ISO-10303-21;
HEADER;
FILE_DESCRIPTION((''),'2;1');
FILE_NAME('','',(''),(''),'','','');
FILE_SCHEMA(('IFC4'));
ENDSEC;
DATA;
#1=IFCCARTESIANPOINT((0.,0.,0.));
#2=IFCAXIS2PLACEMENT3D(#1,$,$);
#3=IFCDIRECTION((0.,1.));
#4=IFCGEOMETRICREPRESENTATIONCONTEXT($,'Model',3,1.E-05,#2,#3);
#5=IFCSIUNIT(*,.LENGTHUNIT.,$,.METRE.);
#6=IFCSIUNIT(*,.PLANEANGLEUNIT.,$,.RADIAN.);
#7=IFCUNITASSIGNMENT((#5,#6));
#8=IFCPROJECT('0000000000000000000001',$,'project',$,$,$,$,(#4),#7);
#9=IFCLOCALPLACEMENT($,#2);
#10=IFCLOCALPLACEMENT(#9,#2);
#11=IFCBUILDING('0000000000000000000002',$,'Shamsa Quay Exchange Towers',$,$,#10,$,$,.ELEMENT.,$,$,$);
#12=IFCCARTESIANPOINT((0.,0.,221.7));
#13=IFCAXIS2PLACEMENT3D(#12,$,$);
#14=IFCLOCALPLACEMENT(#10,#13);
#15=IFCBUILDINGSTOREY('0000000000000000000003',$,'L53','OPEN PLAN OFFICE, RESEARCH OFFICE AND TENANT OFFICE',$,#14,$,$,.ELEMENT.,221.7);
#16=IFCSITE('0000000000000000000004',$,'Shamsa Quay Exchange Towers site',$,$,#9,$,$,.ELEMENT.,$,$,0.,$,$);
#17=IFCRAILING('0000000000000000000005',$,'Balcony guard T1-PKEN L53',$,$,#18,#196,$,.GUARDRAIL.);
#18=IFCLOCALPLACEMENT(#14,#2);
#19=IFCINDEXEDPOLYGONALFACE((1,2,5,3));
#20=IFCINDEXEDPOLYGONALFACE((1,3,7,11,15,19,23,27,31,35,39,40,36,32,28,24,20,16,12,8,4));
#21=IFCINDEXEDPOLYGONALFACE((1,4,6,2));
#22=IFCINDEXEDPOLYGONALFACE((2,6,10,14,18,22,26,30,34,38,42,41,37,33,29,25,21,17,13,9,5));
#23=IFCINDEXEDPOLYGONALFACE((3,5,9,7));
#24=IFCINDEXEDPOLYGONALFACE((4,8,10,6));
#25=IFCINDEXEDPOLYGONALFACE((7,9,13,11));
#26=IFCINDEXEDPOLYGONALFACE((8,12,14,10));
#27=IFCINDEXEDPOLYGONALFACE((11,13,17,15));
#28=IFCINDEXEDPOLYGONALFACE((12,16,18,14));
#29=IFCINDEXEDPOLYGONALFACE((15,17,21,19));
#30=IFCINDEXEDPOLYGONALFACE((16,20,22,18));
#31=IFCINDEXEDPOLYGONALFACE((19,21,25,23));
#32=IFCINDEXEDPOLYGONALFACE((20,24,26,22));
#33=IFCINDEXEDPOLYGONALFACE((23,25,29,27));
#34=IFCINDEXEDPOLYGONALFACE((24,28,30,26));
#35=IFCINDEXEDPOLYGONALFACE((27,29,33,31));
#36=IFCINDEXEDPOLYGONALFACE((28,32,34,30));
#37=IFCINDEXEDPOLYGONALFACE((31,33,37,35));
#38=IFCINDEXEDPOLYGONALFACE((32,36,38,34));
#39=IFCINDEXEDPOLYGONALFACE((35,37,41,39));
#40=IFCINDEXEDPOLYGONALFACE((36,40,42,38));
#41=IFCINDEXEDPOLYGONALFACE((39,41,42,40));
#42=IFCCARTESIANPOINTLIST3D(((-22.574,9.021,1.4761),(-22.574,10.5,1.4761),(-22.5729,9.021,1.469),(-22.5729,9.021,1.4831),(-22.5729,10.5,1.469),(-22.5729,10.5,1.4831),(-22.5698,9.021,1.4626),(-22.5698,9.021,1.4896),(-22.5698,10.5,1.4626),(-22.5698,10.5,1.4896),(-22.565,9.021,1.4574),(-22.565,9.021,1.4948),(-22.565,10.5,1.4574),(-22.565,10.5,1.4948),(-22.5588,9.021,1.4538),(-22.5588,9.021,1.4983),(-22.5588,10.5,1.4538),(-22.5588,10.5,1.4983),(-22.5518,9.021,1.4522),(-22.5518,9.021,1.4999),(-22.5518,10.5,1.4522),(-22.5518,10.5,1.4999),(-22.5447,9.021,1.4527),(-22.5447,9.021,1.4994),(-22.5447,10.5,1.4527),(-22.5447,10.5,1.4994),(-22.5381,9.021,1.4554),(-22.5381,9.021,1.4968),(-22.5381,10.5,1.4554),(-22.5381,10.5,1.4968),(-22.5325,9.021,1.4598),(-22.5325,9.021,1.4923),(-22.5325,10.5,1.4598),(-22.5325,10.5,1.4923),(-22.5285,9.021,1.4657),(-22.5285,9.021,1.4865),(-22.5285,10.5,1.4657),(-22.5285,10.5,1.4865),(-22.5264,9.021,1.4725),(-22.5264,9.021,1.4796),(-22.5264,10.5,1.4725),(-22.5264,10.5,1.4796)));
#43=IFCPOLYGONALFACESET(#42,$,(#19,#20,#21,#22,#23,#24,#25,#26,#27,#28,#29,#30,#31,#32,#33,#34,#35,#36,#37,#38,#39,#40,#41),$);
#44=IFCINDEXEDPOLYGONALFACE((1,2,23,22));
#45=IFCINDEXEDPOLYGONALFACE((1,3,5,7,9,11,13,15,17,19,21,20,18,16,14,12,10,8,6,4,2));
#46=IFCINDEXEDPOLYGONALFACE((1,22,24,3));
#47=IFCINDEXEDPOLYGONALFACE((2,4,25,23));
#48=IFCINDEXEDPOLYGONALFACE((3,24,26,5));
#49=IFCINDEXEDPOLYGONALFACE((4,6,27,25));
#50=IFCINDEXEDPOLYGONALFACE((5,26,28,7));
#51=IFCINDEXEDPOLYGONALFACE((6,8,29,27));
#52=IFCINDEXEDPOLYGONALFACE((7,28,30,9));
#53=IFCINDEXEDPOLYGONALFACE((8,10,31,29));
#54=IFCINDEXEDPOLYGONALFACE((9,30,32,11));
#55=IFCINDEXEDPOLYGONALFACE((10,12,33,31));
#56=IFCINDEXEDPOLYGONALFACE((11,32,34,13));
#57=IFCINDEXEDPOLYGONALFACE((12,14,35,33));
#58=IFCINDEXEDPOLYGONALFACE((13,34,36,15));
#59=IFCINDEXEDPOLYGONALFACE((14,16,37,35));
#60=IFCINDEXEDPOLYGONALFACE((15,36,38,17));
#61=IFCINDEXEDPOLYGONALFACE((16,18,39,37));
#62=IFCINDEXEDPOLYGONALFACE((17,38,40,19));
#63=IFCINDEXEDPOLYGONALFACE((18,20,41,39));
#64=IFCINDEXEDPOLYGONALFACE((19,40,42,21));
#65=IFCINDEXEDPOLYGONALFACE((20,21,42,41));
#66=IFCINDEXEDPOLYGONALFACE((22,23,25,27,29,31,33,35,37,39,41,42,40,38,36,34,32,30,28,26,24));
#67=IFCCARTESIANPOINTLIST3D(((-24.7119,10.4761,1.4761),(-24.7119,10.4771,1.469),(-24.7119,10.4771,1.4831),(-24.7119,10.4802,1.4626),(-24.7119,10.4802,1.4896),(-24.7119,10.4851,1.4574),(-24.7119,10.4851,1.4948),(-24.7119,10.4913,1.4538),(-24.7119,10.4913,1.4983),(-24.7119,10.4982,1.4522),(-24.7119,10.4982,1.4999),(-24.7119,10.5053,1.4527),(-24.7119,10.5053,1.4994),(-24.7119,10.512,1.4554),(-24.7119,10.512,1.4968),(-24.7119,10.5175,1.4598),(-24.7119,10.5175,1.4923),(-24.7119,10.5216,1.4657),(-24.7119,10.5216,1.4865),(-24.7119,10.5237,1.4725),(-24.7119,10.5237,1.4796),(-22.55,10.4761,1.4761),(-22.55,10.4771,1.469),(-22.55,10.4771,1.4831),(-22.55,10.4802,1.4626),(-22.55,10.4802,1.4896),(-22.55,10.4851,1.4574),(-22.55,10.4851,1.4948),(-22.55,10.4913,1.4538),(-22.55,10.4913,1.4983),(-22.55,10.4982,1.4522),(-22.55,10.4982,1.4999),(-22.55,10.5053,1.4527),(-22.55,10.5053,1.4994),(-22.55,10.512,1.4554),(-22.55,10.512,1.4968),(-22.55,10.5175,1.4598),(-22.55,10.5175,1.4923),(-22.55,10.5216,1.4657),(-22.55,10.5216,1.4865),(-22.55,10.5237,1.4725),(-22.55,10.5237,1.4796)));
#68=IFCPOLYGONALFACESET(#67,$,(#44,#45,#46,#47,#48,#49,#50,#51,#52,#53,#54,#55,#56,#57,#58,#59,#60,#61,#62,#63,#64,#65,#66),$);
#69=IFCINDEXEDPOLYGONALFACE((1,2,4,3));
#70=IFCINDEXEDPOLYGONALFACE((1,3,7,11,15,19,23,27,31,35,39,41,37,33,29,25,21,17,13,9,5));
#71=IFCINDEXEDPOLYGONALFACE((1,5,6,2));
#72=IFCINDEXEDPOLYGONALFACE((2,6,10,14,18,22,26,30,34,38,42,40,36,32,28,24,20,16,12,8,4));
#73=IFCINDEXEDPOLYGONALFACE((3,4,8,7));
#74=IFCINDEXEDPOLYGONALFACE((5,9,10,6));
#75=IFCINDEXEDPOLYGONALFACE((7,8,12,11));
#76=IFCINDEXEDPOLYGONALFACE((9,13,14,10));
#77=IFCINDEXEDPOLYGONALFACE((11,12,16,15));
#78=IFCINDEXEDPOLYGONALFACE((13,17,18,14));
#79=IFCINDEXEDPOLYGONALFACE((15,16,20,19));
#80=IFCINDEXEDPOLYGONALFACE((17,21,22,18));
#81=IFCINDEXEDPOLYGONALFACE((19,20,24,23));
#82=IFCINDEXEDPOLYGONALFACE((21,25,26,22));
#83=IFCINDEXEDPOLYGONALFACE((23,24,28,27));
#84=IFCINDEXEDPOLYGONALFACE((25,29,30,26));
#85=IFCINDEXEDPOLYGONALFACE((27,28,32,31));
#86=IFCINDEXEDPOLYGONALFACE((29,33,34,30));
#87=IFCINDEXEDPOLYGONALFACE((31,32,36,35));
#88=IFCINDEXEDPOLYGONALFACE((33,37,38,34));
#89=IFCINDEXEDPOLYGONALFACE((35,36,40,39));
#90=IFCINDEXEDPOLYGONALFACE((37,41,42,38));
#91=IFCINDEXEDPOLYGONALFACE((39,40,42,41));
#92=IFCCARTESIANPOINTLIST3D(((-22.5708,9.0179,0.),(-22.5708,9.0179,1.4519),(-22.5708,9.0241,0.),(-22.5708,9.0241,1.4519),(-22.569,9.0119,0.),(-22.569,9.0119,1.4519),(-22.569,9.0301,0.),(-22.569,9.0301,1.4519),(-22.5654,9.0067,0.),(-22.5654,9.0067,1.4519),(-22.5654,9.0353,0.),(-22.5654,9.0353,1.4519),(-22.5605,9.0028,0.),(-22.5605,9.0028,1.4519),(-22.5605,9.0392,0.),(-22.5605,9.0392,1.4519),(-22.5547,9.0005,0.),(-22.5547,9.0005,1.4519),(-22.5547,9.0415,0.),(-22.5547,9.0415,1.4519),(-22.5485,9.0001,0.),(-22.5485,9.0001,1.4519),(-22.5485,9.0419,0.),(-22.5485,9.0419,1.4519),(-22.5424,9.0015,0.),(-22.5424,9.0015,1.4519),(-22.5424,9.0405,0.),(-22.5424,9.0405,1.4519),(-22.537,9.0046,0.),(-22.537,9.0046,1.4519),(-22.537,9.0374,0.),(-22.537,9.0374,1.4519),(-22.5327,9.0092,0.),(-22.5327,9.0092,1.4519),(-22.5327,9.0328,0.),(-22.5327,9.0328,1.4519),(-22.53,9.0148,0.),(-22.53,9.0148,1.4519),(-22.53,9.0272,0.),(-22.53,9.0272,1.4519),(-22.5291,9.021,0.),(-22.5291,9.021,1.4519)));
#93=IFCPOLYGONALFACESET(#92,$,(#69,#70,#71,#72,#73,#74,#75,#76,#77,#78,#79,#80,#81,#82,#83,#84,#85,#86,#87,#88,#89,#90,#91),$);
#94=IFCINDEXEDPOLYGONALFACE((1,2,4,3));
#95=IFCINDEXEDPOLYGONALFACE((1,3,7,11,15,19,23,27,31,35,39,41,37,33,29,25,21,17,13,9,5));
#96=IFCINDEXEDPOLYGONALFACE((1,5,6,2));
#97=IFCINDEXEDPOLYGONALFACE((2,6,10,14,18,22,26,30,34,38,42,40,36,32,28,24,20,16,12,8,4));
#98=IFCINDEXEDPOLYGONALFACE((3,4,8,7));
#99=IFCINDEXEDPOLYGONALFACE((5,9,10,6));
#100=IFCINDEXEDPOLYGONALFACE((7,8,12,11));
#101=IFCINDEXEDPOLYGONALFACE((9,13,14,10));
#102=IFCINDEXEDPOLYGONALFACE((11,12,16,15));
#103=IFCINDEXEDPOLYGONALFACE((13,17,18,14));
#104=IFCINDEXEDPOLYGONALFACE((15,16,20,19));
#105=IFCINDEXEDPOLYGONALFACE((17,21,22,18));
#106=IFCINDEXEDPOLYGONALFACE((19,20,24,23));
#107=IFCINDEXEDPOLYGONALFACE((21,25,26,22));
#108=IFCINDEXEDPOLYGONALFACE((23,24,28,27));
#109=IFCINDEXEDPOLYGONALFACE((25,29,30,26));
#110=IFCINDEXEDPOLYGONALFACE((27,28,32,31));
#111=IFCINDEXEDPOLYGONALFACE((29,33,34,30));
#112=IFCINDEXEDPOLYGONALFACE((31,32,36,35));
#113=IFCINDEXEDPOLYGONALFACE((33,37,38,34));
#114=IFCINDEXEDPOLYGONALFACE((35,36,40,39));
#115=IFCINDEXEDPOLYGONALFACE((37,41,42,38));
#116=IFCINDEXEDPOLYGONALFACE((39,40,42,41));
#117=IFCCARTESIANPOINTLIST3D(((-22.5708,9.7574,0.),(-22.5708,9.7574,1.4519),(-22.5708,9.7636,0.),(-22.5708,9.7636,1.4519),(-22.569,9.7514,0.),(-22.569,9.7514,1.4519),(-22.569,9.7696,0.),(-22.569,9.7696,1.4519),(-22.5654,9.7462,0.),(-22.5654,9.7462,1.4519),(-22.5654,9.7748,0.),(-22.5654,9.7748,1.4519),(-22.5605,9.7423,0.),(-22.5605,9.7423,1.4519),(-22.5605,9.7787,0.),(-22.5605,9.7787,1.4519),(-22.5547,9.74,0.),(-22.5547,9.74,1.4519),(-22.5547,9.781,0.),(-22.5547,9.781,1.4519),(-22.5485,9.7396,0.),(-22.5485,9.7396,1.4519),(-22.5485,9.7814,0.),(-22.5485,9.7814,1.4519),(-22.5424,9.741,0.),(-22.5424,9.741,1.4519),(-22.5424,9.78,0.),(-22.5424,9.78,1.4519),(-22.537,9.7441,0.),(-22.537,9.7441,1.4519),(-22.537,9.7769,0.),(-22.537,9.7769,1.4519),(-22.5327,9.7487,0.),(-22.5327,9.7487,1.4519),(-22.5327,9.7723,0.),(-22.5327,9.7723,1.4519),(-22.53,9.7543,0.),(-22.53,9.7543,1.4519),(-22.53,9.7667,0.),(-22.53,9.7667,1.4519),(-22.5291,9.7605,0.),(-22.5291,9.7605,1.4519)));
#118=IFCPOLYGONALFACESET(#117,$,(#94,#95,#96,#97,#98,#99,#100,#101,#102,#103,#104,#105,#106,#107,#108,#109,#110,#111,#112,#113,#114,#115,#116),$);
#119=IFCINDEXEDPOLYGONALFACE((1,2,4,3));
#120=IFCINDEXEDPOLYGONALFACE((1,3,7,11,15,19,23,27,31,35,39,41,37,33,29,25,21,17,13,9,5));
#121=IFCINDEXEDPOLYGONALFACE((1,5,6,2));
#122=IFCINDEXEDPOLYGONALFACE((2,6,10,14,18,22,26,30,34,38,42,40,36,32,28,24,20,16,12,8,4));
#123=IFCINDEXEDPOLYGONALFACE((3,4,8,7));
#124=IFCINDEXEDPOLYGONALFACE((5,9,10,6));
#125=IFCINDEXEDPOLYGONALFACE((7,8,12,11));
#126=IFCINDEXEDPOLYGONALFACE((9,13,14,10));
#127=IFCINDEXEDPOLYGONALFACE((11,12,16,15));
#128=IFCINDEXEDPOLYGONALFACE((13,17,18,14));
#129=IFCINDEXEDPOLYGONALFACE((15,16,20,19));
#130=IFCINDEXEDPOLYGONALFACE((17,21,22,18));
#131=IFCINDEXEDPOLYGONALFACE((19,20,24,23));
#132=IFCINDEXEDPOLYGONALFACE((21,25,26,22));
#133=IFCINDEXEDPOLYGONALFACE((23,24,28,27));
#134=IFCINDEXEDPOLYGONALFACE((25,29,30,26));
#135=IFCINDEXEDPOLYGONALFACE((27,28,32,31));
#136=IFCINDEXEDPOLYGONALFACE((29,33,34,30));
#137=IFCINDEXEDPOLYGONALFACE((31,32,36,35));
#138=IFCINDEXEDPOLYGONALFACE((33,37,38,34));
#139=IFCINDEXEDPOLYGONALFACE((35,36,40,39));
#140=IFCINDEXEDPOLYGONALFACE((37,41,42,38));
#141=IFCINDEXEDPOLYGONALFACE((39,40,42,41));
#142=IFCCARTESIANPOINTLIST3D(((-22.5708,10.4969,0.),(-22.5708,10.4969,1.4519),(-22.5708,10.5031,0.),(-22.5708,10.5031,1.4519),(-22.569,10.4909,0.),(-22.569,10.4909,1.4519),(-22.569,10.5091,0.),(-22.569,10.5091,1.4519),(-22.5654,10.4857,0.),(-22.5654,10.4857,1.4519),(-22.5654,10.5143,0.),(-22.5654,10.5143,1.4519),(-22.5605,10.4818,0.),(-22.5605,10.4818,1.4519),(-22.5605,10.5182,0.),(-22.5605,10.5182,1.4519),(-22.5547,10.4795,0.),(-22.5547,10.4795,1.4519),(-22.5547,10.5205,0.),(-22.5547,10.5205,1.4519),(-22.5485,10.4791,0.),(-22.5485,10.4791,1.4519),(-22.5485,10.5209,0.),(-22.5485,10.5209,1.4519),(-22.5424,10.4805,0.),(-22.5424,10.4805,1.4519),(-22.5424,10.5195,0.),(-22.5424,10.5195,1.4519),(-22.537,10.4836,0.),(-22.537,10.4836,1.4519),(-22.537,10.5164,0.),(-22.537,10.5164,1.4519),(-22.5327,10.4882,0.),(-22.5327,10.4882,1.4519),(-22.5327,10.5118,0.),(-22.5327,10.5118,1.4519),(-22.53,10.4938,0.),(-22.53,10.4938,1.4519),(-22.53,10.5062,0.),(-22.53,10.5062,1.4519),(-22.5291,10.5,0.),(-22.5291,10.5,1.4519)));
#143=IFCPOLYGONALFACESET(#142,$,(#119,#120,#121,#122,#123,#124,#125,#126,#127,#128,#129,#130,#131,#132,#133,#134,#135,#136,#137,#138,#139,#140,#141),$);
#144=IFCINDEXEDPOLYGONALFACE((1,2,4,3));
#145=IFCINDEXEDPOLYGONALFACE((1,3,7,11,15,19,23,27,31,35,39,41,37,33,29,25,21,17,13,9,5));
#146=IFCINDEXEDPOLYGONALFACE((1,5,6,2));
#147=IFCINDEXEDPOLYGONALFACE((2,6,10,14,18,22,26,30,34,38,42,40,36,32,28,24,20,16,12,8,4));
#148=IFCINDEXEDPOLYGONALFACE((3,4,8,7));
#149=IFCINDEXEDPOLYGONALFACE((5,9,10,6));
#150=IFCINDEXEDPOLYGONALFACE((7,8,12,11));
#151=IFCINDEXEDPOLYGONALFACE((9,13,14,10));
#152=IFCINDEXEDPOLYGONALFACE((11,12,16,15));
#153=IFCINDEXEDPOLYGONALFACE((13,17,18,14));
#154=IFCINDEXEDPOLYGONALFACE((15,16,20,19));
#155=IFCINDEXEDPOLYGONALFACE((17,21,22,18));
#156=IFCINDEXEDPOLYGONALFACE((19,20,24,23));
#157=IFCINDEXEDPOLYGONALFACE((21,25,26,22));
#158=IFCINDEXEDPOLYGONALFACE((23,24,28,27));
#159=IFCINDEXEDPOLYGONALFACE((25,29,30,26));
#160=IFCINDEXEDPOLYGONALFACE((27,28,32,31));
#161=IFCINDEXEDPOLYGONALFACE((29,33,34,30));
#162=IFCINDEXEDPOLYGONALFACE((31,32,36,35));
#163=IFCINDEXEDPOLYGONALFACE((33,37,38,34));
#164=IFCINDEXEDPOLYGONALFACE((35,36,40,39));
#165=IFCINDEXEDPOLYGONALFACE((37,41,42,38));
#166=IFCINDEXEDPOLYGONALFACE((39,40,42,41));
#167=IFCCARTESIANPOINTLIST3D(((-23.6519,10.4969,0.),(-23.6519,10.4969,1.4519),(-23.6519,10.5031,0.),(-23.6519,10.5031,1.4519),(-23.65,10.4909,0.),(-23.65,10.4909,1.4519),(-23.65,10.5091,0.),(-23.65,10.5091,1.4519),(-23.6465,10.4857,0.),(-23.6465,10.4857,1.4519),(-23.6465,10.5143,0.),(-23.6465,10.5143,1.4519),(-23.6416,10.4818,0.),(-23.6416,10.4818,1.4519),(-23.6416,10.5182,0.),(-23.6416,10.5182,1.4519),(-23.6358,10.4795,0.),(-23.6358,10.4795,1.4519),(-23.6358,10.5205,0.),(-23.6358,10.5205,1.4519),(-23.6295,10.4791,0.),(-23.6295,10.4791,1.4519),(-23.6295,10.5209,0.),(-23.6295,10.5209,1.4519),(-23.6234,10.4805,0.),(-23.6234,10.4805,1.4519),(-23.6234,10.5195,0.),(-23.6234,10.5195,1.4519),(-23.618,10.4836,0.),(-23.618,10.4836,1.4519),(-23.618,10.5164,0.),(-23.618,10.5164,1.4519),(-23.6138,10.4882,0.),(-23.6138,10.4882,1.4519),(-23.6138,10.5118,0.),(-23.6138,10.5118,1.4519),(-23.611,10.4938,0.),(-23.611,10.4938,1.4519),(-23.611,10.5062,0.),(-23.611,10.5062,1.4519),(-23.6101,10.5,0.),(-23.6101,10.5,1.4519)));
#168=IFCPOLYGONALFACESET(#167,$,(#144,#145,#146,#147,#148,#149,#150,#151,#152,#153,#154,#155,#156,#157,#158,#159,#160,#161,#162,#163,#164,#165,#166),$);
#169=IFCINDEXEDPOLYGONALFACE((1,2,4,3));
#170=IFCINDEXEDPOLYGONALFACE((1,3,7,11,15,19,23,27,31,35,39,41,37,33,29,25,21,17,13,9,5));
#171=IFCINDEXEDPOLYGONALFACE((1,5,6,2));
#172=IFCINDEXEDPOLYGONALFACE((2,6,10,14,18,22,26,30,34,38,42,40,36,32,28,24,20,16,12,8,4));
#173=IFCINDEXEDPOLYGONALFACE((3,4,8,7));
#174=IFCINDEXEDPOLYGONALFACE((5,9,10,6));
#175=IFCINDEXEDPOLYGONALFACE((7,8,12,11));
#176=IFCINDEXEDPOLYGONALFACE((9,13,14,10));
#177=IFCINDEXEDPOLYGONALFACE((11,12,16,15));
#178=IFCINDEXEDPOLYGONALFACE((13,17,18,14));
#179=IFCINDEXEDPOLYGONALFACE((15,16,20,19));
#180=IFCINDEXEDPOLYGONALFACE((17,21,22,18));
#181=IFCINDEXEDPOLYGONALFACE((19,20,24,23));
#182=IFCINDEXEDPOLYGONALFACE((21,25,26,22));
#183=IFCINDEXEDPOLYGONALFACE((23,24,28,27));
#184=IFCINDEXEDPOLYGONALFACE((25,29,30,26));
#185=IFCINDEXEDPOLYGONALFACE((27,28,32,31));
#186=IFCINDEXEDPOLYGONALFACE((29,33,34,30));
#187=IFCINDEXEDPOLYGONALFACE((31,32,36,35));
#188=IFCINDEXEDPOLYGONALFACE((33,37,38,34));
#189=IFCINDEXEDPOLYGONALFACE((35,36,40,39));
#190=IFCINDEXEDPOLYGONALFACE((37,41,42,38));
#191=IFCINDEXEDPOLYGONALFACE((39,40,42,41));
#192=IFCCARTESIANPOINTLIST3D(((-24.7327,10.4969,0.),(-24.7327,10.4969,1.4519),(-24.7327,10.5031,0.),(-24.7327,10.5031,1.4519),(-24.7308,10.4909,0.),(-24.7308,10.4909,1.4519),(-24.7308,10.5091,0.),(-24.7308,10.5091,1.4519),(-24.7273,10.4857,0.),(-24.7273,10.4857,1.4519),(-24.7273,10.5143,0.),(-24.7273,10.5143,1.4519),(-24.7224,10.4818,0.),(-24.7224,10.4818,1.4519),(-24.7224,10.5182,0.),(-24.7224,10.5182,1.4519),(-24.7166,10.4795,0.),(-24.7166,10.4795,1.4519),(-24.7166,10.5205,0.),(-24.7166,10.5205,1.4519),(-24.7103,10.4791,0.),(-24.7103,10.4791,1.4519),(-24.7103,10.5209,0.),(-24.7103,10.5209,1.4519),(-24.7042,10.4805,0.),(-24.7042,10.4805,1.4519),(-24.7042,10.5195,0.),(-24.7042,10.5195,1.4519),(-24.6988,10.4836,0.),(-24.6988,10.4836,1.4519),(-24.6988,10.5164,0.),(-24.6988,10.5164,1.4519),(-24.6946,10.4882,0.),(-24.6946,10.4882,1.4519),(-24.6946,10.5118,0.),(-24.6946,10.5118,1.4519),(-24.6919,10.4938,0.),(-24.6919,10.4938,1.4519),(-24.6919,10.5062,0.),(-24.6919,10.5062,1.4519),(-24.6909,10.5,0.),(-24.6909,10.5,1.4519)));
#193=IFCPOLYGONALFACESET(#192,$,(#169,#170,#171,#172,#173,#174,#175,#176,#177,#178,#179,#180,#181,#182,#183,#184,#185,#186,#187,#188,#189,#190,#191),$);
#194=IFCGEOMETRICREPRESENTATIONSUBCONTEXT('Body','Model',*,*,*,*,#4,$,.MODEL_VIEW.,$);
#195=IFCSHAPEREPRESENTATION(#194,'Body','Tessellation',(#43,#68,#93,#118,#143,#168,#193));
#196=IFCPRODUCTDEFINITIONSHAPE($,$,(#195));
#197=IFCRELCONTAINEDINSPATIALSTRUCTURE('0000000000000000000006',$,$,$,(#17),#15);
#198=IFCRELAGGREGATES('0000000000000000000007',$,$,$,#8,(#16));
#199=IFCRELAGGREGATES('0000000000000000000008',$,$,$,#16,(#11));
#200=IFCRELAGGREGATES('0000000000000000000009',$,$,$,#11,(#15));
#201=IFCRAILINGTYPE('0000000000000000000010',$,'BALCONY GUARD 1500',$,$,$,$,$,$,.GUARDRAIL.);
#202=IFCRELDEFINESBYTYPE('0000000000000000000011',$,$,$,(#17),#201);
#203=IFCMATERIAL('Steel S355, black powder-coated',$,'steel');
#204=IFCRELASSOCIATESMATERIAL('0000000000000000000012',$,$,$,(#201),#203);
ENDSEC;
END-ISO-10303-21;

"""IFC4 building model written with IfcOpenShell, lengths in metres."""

from ifc_helpers import new_model, si_unit, direction, frame, origin, origin_2d, place, context, subcontext, project, spatial, circle, extrude, material, type_object, element, save


model = new_model("IFC4")

# Units and contexts
model_context = context("Model", 3, precision=1e-05, world=origin(), true_north=direction((0.0, 1.0)))
body_context = subcontext(model_context, "Body", "Model", "MODEL_VIEW")
ifc_project = project(units=[si_unit("LENGTHUNIT", "METRE"), si_unit("PLANEANGLEUNIT", "RADIAN")], contexts=[model_context])

# Site, building, storey
site_placement = place(None, origin())
site = spatial("IfcSite", under=ifc_project, at=site_placement, Name="Shamsa Quay Exchange Towers site", CompositionType="ELEMENT", RefElevation=0.0)
building_placement = place(site_placement, origin())
building = spatial("IfcBuilding", under=site, at=building_placement, Name="Shamsa Quay Exchange Towers", CompositionType="ELEMENT")
storey_placement = place(building_placement, frame((0.0, 0.0, 221.7)))
storey = spatial("IfcBuildingStorey", under=building, at=storey_placement, Name="L53", Description="OPEN PLAN OFFICE, RESEARCH OFFICE AND TENANT OFFICE", CompositionType="ELEMENT", Elevation=221.7)

# Railing
ifc_material_1 = material(Name="Steel S355, black powder-coated", Category="steel")
railing_type_1 = type_object("IfcRailingType", Name="BALCONY GUARD 1500", PredefinedType="GUARDRAIL", material=ifc_material_1)
for number, where, name in (
    (1, (-22.55, 9.021, 0.0), "Balcony guard T1-PKEN L53"),
):
    element("IfcRailing", number, at=place(storey_placement, frame(where)), inside=storey, type_object=railing_type_1, Name=name, PredefinedType="GUARDRAIL", context=body_context, shape_type="SweptSolid", body=[
        extrude(circle(Radius=0.0239, at=origin_2d()), frame((0.0, 0.0, 1.4761), z_axis=(0.0, 1.0, 0.0), x_axis=(-1.0, 0.0, 0.0)), (0.0, 0.0, 1.0), 1.479),
        extrude(circle(Radius=0.0239, at=origin_2d()), frame((0.0, 1.479, 1.4761), z_axis=(-1.0, 0.0, 0.0), x_axis=(0.0, -1.0, 0.0)), (0.0, 0.0, 1.0), 2.1619),
        extrude(circle(Radius=0.021, at=origin_2d()), origin(), (0.0, 0.0, 1.0), 1.4519),
        extrude(circle(Radius=0.021, at=origin_2d()), frame((0.0, 0.7395, 0.0)), (0.0, 0.0, 1.0), 1.4519),
        extrude(circle(Radius=0.021, at=origin_2d()), frame((0.0, 1.479, 0.0)), (0.0, 0.0, 1.0), 1.4519),
        extrude(circle(Radius=0.021, at=origin_2d()), frame((-1.0811, 1.479, 0.0)), (0.0, 0.0, 1.0), 1.4519),
        extrude(circle(Radius=0.021, at=origin_2d()), frame((-2.1619, 1.479, 0.0)), (0.0, 0.0, 1.0), 1.4519),
    ])

save(model, "model.ifc")
